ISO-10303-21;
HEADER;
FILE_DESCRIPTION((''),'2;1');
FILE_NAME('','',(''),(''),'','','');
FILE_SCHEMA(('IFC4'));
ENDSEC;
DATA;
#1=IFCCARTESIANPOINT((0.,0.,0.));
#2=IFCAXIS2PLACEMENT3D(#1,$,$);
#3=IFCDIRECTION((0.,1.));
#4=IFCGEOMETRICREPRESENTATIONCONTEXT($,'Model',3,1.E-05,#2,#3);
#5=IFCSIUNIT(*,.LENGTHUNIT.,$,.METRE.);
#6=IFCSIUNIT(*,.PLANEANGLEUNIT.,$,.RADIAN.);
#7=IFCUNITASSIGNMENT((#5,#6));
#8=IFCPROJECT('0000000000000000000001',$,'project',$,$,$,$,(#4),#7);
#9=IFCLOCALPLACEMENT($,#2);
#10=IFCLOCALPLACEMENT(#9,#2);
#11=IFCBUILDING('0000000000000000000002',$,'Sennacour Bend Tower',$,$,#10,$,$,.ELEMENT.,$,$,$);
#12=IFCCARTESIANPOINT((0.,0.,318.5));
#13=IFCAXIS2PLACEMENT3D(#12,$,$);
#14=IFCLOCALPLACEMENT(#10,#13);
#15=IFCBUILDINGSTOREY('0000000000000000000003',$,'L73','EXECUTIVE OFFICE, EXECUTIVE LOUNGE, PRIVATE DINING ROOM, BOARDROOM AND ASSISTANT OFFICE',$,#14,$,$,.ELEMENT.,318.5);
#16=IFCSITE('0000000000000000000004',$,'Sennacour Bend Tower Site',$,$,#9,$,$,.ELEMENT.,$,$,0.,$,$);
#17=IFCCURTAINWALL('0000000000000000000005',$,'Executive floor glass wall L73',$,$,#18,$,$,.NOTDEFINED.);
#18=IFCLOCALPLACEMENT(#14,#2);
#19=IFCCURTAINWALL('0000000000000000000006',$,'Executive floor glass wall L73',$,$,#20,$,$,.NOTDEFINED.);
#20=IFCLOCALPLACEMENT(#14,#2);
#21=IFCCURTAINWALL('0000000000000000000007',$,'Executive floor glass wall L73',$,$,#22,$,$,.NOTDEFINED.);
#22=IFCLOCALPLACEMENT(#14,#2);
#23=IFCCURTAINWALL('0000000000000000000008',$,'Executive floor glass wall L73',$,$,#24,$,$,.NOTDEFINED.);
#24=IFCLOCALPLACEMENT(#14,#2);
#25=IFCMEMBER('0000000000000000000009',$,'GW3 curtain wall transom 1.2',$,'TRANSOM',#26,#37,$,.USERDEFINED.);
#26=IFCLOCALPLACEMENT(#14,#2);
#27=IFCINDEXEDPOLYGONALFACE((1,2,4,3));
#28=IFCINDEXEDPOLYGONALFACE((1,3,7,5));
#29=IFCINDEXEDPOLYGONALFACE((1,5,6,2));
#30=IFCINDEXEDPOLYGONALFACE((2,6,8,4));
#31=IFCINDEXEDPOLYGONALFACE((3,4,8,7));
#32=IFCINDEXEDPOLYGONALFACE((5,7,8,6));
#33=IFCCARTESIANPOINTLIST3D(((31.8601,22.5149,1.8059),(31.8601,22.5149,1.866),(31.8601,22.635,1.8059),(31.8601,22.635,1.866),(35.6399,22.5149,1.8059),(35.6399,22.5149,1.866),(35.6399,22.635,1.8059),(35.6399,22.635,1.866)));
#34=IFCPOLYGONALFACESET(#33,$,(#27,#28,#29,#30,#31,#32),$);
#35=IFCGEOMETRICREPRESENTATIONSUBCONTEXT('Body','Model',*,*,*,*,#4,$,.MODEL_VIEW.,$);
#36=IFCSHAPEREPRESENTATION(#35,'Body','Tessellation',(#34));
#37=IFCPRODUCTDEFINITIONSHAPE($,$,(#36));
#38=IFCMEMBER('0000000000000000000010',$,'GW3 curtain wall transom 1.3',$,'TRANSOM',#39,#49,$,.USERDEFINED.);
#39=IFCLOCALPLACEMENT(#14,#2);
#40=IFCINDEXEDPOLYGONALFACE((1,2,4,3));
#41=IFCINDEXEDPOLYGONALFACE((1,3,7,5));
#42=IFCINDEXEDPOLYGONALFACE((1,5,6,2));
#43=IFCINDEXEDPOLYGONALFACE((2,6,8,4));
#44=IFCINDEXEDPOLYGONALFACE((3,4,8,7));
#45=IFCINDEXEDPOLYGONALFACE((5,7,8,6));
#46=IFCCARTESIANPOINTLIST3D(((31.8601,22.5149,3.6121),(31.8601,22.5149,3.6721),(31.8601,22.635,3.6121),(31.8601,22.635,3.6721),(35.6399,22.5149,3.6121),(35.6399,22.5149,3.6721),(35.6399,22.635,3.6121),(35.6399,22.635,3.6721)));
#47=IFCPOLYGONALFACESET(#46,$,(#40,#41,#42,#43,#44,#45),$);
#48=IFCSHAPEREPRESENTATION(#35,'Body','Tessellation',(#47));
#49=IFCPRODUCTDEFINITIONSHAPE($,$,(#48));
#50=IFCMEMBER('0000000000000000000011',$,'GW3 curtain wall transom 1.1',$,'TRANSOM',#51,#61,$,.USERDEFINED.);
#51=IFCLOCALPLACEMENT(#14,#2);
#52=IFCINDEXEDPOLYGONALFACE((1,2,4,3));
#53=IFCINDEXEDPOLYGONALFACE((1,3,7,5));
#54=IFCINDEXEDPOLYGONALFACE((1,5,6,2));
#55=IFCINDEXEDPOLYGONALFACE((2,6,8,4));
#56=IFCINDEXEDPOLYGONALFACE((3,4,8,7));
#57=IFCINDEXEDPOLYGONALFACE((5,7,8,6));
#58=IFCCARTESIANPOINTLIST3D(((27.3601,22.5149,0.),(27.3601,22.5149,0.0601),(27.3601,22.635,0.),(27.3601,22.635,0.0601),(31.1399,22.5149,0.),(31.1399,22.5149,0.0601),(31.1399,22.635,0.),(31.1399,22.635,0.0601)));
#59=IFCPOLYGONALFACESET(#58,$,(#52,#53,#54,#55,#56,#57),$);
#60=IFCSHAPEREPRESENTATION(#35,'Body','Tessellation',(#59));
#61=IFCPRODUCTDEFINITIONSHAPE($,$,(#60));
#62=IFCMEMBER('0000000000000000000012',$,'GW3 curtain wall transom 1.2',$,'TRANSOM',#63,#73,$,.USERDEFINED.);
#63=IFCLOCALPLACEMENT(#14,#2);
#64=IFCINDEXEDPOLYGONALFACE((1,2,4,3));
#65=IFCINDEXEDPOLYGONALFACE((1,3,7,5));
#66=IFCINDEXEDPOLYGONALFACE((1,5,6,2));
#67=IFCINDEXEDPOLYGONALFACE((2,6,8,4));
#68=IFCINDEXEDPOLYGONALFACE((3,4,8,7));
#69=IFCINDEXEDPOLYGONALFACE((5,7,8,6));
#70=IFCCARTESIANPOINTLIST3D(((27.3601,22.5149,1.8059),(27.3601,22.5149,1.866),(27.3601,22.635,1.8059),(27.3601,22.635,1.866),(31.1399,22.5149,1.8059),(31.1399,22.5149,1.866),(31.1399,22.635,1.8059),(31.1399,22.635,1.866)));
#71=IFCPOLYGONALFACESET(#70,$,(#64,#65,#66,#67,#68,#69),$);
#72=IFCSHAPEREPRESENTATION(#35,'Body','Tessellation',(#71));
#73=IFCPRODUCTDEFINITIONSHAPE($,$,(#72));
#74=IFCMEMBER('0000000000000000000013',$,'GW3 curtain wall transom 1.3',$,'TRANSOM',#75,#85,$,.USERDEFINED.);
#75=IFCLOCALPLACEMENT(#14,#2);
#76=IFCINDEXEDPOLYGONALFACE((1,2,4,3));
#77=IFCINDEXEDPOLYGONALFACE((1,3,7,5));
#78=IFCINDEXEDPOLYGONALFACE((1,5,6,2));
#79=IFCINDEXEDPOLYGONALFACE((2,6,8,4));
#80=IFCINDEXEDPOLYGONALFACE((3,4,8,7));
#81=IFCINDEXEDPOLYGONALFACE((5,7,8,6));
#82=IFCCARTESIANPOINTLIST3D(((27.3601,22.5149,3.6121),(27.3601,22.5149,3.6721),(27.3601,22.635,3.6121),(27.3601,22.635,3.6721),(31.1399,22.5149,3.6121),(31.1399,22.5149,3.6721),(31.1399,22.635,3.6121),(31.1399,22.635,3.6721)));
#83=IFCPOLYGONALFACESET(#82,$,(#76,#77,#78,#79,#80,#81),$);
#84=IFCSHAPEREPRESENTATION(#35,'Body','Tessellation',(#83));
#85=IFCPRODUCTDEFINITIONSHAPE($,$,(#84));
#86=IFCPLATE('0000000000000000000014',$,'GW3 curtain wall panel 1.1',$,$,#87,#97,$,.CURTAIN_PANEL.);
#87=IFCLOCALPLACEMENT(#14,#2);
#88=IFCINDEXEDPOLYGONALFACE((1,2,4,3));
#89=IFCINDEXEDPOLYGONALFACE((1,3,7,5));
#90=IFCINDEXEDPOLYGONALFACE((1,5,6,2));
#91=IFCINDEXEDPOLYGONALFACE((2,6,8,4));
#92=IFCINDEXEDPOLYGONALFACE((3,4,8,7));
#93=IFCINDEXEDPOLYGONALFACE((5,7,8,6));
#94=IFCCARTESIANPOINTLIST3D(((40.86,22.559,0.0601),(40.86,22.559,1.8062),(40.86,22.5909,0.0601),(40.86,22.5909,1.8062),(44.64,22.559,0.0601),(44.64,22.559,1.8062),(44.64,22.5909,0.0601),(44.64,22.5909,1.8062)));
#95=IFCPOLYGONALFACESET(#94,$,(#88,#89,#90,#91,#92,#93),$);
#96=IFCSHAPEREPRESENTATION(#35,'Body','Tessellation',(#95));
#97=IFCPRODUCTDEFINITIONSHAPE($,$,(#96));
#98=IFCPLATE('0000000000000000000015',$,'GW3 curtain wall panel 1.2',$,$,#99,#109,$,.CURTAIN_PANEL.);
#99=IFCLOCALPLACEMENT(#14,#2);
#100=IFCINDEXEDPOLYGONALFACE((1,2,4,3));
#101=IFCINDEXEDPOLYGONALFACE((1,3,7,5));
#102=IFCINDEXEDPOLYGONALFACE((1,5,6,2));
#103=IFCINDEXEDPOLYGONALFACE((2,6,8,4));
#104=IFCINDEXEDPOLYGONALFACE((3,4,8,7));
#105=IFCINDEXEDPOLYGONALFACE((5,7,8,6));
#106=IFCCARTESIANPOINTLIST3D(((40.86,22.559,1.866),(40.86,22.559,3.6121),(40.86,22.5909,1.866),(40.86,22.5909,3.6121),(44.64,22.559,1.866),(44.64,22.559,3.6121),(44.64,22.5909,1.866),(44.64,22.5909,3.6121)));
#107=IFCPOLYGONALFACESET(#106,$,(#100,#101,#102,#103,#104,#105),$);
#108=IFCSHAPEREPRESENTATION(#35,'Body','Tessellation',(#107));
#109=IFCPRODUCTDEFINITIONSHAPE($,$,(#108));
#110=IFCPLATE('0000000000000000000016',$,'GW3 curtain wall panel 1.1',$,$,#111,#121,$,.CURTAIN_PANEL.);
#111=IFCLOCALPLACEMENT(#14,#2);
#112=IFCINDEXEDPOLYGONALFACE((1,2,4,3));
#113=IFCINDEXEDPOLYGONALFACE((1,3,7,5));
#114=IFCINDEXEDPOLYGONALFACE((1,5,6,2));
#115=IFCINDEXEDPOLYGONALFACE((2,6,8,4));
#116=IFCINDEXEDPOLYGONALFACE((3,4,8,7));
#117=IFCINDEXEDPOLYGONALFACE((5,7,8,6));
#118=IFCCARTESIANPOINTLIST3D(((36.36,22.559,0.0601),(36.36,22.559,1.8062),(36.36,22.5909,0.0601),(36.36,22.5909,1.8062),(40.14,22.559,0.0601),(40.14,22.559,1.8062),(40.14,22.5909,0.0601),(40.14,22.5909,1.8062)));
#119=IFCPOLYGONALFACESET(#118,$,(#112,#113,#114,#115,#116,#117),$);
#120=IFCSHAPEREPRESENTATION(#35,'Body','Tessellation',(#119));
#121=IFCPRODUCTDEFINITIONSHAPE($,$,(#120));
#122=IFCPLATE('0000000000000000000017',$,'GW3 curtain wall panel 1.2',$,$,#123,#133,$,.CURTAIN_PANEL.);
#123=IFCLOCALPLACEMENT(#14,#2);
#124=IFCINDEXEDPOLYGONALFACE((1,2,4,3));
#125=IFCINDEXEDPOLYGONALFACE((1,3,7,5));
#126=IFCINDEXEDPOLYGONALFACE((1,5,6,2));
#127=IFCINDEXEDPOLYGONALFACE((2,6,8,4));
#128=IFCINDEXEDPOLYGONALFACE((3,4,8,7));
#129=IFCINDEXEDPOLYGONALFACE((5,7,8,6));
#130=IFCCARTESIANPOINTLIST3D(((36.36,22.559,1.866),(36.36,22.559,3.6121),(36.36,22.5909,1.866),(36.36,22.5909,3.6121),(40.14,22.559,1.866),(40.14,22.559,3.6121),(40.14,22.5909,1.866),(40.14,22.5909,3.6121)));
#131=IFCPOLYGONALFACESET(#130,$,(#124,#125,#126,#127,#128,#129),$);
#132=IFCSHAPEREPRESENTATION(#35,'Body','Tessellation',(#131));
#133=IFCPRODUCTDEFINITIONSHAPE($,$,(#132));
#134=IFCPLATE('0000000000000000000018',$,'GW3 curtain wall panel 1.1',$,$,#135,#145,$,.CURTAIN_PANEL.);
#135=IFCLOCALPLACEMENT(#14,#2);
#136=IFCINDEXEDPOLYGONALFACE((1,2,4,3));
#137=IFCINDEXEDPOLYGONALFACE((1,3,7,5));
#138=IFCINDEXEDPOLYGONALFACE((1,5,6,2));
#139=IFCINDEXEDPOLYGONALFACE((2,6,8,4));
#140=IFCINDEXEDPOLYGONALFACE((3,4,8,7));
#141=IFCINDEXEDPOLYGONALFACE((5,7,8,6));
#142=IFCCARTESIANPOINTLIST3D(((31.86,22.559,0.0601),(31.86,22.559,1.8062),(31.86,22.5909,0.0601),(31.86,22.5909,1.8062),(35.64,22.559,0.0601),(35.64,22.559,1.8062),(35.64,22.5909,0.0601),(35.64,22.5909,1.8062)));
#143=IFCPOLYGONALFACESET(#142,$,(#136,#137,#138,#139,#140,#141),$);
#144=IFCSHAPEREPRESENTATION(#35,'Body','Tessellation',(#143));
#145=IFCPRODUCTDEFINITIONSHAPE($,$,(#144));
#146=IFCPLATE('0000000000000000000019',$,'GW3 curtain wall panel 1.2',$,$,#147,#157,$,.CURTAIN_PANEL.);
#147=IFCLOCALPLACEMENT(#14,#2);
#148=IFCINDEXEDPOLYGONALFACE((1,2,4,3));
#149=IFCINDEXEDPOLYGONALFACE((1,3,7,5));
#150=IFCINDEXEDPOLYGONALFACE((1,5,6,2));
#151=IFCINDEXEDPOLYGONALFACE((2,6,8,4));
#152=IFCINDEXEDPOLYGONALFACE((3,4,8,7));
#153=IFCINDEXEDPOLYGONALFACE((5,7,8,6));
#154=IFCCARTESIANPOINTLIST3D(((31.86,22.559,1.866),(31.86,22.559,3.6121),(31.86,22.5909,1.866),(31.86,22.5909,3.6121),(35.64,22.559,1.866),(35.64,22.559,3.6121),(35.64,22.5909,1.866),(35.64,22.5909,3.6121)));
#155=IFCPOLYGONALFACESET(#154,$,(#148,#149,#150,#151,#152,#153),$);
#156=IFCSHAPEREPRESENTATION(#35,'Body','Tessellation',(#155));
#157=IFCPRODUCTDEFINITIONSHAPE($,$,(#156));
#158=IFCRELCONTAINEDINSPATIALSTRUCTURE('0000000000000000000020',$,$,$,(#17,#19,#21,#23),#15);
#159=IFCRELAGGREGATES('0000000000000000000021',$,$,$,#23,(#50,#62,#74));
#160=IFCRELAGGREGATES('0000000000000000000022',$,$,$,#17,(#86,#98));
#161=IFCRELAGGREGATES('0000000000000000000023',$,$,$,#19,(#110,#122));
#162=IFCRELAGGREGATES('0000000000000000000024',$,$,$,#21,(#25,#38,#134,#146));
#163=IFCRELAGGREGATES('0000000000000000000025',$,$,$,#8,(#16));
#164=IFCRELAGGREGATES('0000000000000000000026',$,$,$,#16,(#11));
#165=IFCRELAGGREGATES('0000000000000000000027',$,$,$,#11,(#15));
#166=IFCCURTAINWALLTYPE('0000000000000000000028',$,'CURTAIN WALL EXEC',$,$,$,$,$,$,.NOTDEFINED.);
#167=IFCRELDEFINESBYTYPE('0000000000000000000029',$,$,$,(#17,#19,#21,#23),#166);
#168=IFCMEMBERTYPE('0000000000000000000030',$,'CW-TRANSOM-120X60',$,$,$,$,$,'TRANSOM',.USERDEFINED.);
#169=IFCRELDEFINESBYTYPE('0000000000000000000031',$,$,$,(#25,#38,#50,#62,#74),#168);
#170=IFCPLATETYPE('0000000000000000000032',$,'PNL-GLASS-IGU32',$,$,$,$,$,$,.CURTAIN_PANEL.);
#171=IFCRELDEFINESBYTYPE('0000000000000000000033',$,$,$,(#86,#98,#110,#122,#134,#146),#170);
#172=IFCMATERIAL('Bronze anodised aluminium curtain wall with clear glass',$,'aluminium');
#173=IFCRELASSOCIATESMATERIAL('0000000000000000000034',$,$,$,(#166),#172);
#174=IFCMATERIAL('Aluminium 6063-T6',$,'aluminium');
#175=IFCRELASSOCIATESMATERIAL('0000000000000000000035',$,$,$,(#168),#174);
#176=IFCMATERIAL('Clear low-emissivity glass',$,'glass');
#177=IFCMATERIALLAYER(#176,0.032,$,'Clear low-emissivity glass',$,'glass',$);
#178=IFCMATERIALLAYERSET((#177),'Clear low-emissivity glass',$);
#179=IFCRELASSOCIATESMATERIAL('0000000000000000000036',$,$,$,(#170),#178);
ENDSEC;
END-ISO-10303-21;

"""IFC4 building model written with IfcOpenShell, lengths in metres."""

from ifc_helpers import new_model, si_unit, direction, frame, origin, origin_2d, place, context, subcontext, project, spatial, rectangle, extrude, material, layer, layer_set, material_profile, profile_set, type_object, element, aggregate, save


model = new_model("IFC4")

# Units and contexts
model_context = context("Model", 3, precision=1e-05, world=origin(), true_north=direction((0.0, 1.0)))
body_context = subcontext(model_context, "Body", "Model", "MODEL_VIEW")
ifc_project = project(units=[si_unit("LENGTHUNIT", "METRE"), si_unit("PLANEANGLEUNIT", "RADIAN")], contexts=[model_context])

# Site, building, storey
site_placement = place(None, origin())
site = spatial("IfcSite", under=ifc_project, at=site_placement, Name="Sennacour Bend Tower Site", CompositionType="ELEMENT", RefElevation=0.0)
building_placement = place(site_placement, origin())
building = spatial("IfcBuilding", under=site, at=building_placement, Name="Sennacour Bend Tower", CompositionType="ELEMENT")
storey_placement = place(building_placement, frame((0.0, 0.0, 318.5)))
storey = spatial("IfcBuildingStorey", under=building, at=storey_placement, Name="L73", Description="EXECUTIVE OFFICE, EXECUTIVE LOUNGE, PRIVATE DINING ROOM, BOARDROOM AND ASSISTANT OFFICE", CompositionType="ELEMENT", Elevation=318.5)

# Shared definitions
ifc_material_1 = material(Name="Bronze anodised aluminium curtain wall with clear glass", Category="aluminium")
curtain_wall_type = type_object("IfcCurtainWallType", Name="CURTAIN WALL EXEC", PredefinedType="NOTDEFINED", material=ifc_material_1)
ifc_material_2 = material(Name="Aluminium 6063-T6", Category="aluminium")

# Curtain walls
curtain_wall_1_placement = place(storey_placement, origin())
curtain_wall_1 = element("IfcCurtainWall", 1, at=curtain_wall_1_placement, inside=storey, type_object=curtain_wall_type, Name="Executive floor glass wall L73", PredefinedType="NOTDEFINED")
curtain_wall_2_placement = place(storey_placement, origin())
curtain_wall_2 = element("IfcCurtainWall", 2, at=curtain_wall_2_placement, inside=storey, type_object=curtain_wall_type, Name="Executive floor glass wall L73", PredefinedType="NOTDEFINED")
curtain_wall_3_placement = place(storey_placement, origin())
curtain_wall_3 = element("IfcCurtainWall", 3, at=curtain_wall_3_placement, inside=storey, type_object=curtain_wall_type, Name="Executive floor glass wall L73", PredefinedType="NOTDEFINED")

# Curtain wall
curtain_wall_4_placement = place(storey_placement, origin())
curtain_wall_4 = element("IfcCurtainWall", 4, at=curtain_wall_4_placement, inside=storey, type_object=curtain_wall_type, Name="Executive floor glass wall L73", PredefinedType="NOTDEFINED")

# Members
ifc_material_profile_1 = material_profile(ifc_material_2, rectangle(XDim=0.1201, YDim=0.0601, at=origin_2d()), Name="Aluminium 6063-T6", Category="aluminium")
ifc_profile_set_1 = profile_set([ifc_material_profile_1], Name="Aluminium 6063-T6")
member_type_1 = type_object("IfcMemberType", Name="CW-TRANSOM-120X60", ElementType="TRANSOM", PredefinedType="USERDEFINED", material=ifc_profile_set_1)
member_1_placement = place(storey_placement, frame((35.6399, 22.575, 1.8359), z_axis=(-1.0, 0.0, 0.0), x_axis=(0.0, -1.0, 0.0)))
member_1 = element("IfcMember", 5, at=member_1_placement, type_object=member_type_1, Name="GW3 curtain wall transom 1.2", ObjectType="TRANSOM", PredefinedType="USERDEFINED", context=body_context, shape_type="SweptSolid", body=[
    extrude(rectangle(XDim=0.1201, YDim=0.0601, at=origin_2d()), origin(), (0.0, 0.0, 1.0), 3.7798),
])
member_2_placement = place(storey_placement, frame((35.6399, 22.575, 3.6421), z_axis=(-1.0, 0.0, 0.0), x_axis=(0.0, -1.0, 0.0)))
member_2 = element("IfcMember", 6, at=member_2_placement, type_object=member_type_1, Name="GW3 curtain wall transom 1.3", ObjectType="TRANSOM", PredefinedType="USERDEFINED", context=body_context, shape_type="SweptSolid", body=[
    extrude(rectangle(XDim=0.1201, YDim=0.0601, at=origin_2d()), origin(), (0.0, 0.0, 1.0), 3.7798),
])
member_3_placement = place(storey_placement, frame((31.1399, 22.575, 0.03), z_axis=(-1.0, 0.0, 0.0), x_axis=(0.0, -1.0, 0.0)))
member_3 = element("IfcMember", 7, at=member_3_placement, type_object=member_type_1, Name="GW3 curtain wall transom 1.1", ObjectType="TRANSOM", PredefinedType="USERDEFINED", context=body_context, shape_type="SweptSolid", body=[
    extrude(rectangle(XDim=0.1201, YDim=0.0601, at=origin_2d()), origin(), (0.0, 0.0, 1.0), 3.7798),
])
member_4_placement = place(storey_placement, frame((31.1399, 22.575, 1.8359), z_axis=(-1.0, 0.0, 0.0), x_axis=(0.0, -1.0, 0.0)))
member_4 = element("IfcMember", 8, at=member_4_placement, type_object=member_type_1, Name="GW3 curtain wall transom 1.2", ObjectType="TRANSOM", PredefinedType="USERDEFINED", context=body_context, shape_type="SweptSolid", body=[
    extrude(rectangle(XDim=0.1201, YDim=0.0601, at=origin_2d()), origin(), (0.0, 0.0, 1.0), 3.7798),
])
member_5_placement = place(storey_placement, frame((31.1399, 22.575, 3.6421), z_axis=(-1.0, 0.0, 0.0), x_axis=(0.0, -1.0, 0.0)))
member_5 = element("IfcMember", 9, at=member_5_placement, type_object=member_type_1, Name="GW3 curtain wall transom 1.3", ObjectType="TRANSOM", PredefinedType="USERDEFINED", context=body_context, shape_type="SweptSolid", body=[
    extrude(rectangle(XDim=0.1201, YDim=0.0601, at=origin_2d()), origin(), (0.0, 0.0, 1.0), 3.7798),
])
aggregate(curtain_wall_4, [member_3, member_4, member_5])

# Plates
ifc_material_3 = material(Name="Clear low-emissivity glass", Category="glass")
ifc_layer = layer(ifc_material_3, 0.032, Name="Clear low-emissivity glass", Category="glass")
ifc_layer_set = layer_set([ifc_layer], Name="Clear low-emissivity glass")
plate_type = type_object("IfcPlateType", Name="PNL-GLASS-IGU32", PredefinedType="CURTAIN_PANEL", material=ifc_layer_set)
plate_1_placement = place(storey_placement, frame((42.75, 22.575, 0.0601), z_axis=(0.0, 0.0, 1.0), x_axis=(-1.0, 0.0, 0.0)))
plate_1 = element("IfcPlate", 10, at=plate_1_placement, type_object=plate_type, Name="GW3 curtain wall panel 1.1", PredefinedType="CURTAIN_PANEL", context=body_context, shape_type="SweptSolid", body=[
    extrude(rectangle(XDim=3.78, YDim=0.032, at=origin_2d()), origin(), (0.0, 0.0, 1.0), 1.7461),
])
plate_2_placement = place(storey_placement, frame((42.75, 22.575, 1.866), z_axis=(0.0, 0.0, 1.0), x_axis=(-1.0, 0.0, 0.0)))
plate_2 = element("IfcPlate", 11, at=plate_2_placement, type_object=plate_type, Name="GW3 curtain wall panel 1.2", PredefinedType="CURTAIN_PANEL", context=body_context, shape_type="SweptSolid", body=[
    extrude(rectangle(XDim=3.78, YDim=0.032, at=origin_2d()), origin(), (0.0, 0.0, 1.0), 1.7461),
])
aggregate(curtain_wall_1, [plate_1, plate_2])
plate_3_placement = place(storey_placement, frame((38.25, 22.575, 0.0601), z_axis=(0.0, 0.0, 1.0), x_axis=(-1.0, 0.0, 0.0)))
plate_3 = element("IfcPlate", 12, at=plate_3_placement, type_object=plate_type, Name="GW3 curtain wall panel 1.1", PredefinedType="CURTAIN_PANEL", context=body_context, shape_type="SweptSolid", body=[
    extrude(rectangle(XDim=3.78, YDim=0.032, at=origin_2d()), origin(), (0.0, 0.0, 1.0), 1.7461),
])
plate_4_placement = place(storey_placement, frame((38.25, 22.575, 1.866), z_axis=(0.0, 0.0, 1.0), x_axis=(-1.0, 0.0, 0.0)))
plate_4 = element("IfcPlate", 13, at=plate_4_placement, type_object=plate_type, Name="GW3 curtain wall panel 1.2", PredefinedType="CURTAIN_PANEL", context=body_context, shape_type="SweptSolid", body=[
    extrude(rectangle(XDim=3.78, YDim=0.032, at=origin_2d()), origin(), (0.0, 0.0, 1.0), 1.7461),
])
aggregate(curtain_wall_2, [plate_3, plate_4])
plate_5_placement = place(storey_placement, frame((33.75, 22.575, 0.0601), z_axis=(0.0, 0.0, 1.0), x_axis=(-1.0, 0.0, 0.0)))
plate_5 = element("IfcPlate", 14, at=plate_5_placement, type_object=plate_type, Name="GW3 curtain wall panel 1.1", PredefinedType="CURTAIN_PANEL", context=body_context, shape_type="SweptSolid", body=[
    extrude(rectangle(XDim=3.78, YDim=0.032, at=origin_2d()), origin(), (0.0, 0.0, 1.0), 1.7461),
])
plate_6_placement = place(storey_placement, frame((33.75, 22.575, 1.866), z_axis=(0.0, 0.0, 1.0), x_axis=(-1.0, 0.0, 0.0)))
plate_6 = element("IfcPlate", 15, at=plate_6_placement, type_object=plate_type, Name="GW3 curtain wall panel 1.2", PredefinedType="CURTAIN_PANEL", context=body_context, shape_type="SweptSolid", body=[
    extrude(rectangle(XDim=3.78, YDim=0.032, at=origin_2d()), origin(), (0.0, 0.0, 1.0), 1.7461),
])
aggregate(curtain_wall_3, [member_1, member_2, plate_5, plate_6])

save(model, "model.ifc")
